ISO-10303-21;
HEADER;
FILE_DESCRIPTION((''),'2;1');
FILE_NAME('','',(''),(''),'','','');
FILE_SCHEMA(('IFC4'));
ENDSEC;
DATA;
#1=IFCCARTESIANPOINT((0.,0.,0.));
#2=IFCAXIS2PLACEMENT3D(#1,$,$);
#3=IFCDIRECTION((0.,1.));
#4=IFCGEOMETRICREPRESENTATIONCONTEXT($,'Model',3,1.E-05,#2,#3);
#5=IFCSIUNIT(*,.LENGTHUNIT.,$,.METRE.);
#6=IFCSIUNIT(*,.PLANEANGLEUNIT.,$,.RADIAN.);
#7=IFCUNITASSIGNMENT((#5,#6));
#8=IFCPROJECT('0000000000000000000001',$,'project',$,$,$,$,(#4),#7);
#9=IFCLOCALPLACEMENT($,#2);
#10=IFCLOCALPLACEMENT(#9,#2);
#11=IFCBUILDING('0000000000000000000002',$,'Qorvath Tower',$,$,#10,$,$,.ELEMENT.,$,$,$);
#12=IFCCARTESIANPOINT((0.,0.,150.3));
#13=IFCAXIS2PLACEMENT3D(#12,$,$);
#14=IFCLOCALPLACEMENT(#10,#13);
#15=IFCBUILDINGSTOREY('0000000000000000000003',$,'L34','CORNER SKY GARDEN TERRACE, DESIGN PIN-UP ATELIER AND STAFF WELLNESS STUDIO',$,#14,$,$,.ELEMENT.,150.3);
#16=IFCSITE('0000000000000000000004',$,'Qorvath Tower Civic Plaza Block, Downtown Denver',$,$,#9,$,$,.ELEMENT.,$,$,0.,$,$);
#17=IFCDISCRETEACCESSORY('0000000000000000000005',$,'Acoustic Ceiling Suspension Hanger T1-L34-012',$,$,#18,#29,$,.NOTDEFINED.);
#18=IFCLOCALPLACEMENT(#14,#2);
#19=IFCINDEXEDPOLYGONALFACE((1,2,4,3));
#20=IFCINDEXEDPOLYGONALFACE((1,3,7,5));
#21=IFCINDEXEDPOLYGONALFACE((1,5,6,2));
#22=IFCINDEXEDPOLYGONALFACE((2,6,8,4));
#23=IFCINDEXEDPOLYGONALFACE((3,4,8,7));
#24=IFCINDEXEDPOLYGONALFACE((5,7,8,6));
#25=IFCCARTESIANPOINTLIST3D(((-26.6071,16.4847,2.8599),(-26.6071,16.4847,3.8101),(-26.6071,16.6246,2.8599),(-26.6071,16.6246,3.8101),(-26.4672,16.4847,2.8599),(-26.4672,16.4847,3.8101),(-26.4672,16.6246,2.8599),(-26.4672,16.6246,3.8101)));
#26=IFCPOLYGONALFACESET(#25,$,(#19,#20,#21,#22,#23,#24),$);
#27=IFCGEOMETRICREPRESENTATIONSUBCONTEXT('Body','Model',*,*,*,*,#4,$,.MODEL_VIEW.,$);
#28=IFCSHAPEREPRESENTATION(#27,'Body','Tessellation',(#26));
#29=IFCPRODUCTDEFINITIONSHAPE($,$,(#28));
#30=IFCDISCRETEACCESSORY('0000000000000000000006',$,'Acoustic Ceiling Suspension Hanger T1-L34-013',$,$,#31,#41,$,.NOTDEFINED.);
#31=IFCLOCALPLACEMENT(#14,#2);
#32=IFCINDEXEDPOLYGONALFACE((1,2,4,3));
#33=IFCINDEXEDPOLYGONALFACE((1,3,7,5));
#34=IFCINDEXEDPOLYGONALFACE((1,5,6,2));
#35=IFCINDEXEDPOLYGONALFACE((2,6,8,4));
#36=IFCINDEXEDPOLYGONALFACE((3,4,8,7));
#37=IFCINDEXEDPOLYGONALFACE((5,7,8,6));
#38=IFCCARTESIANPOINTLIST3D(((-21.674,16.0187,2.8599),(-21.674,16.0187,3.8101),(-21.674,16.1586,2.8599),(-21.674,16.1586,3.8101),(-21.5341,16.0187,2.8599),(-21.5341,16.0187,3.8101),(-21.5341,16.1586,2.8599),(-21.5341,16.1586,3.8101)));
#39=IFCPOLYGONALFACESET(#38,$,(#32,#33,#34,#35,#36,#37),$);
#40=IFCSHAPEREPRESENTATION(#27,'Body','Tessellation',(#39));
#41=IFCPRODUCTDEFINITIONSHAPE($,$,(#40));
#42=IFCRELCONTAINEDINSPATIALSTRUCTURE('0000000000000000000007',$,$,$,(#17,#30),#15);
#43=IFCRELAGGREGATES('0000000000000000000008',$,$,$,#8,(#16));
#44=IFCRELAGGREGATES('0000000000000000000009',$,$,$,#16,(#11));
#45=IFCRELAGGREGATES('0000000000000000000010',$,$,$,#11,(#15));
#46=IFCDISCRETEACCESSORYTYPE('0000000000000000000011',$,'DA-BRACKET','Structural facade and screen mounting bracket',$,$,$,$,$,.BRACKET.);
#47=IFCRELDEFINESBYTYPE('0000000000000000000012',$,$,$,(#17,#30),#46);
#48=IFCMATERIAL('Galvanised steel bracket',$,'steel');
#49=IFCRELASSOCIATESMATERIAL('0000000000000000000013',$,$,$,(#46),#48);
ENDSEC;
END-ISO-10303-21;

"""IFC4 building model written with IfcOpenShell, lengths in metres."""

from ifc_helpers import new_model, si_unit, direction, frame, origin, origin_2d, place, context, subcontext, project, spatial, rectangle, extrude, material, type_object, element, save


model = new_model("IFC4")

# Units and contexts
model_context = context("Model", 3, precision=1e-05, world=origin(), true_north=direction((0.0, 1.0)))
body_context = subcontext(model_context, "Body", "Model", "MODEL_VIEW")
ifc_project = project(units=[si_unit("LENGTHUNIT", "METRE"), si_unit("PLANEANGLEUNIT", "RADIAN")], contexts=[model_context])

# Site, building, storey
site_placement = place(None, origin())
site = spatial("IfcSite", under=ifc_project, at=site_placement, Name="Qorvath Tower Civic Plaza Block, Downtown Denver", CompositionType="ELEMENT", RefElevation=0.0)
building_placement = place(site_placement, origin())
building = spatial("IfcBuilding", under=site, at=building_placement, Name="Qorvath Tower", CompositionType="ELEMENT")
storey_placement = place(building_placement, frame((0.0, 0.0, 150.3)))
storey = spatial("IfcBuildingStorey", under=building, at=storey_placement, Name="L34", Description="CORNER SKY GARDEN TERRACE, DESIGN PIN-UP ATELIER AND STAFF WELLNESS STUDIO", CompositionType="ELEMENT", Elevation=150.3)

# Discrete accessories
ifc_material_1 = material(Name="Galvanised steel bracket", Category="steel")
discrete_accessory_type = type_object("IfcDiscreteAccessoryType", Name="DA-BRACKET", Description="Structural facade and screen mounting bracket", PredefinedType="BRACKET", material=ifc_material_1)
for number, where, z_axis, x_axis, name in (
    (1, (-26.5371, 16.5547, 2.8599), (0.0, 0.0, 1.0), (1.0, 0.0, 0.0), "Acoustic Ceiling Suspension Hanger T1-L34-012"),
    (2, (-21.604, 16.0886, 2.8599), (0.0, 0.0, 1.0), (1.0, 0.0, 0.0), "Acoustic Ceiling Suspension Hanger T1-L34-013"),
):
    element("IfcDiscreteAccessory", number, at=place(storey_placement, frame(where, z_axis=z_axis, x_axis=x_axis)), inside=storey, type_object=discrete_accessory_type, Name=name, PredefinedType="NOTDEFINED", context=body_context, shape_type="SweptSolid", body=[
        extrude(rectangle(XDim=0.1399, YDim=0.1399, at=origin_2d()), origin(), (0.0, 0.0, 1.0), 0.9502),
    ])

save(model, "model.ifc")
